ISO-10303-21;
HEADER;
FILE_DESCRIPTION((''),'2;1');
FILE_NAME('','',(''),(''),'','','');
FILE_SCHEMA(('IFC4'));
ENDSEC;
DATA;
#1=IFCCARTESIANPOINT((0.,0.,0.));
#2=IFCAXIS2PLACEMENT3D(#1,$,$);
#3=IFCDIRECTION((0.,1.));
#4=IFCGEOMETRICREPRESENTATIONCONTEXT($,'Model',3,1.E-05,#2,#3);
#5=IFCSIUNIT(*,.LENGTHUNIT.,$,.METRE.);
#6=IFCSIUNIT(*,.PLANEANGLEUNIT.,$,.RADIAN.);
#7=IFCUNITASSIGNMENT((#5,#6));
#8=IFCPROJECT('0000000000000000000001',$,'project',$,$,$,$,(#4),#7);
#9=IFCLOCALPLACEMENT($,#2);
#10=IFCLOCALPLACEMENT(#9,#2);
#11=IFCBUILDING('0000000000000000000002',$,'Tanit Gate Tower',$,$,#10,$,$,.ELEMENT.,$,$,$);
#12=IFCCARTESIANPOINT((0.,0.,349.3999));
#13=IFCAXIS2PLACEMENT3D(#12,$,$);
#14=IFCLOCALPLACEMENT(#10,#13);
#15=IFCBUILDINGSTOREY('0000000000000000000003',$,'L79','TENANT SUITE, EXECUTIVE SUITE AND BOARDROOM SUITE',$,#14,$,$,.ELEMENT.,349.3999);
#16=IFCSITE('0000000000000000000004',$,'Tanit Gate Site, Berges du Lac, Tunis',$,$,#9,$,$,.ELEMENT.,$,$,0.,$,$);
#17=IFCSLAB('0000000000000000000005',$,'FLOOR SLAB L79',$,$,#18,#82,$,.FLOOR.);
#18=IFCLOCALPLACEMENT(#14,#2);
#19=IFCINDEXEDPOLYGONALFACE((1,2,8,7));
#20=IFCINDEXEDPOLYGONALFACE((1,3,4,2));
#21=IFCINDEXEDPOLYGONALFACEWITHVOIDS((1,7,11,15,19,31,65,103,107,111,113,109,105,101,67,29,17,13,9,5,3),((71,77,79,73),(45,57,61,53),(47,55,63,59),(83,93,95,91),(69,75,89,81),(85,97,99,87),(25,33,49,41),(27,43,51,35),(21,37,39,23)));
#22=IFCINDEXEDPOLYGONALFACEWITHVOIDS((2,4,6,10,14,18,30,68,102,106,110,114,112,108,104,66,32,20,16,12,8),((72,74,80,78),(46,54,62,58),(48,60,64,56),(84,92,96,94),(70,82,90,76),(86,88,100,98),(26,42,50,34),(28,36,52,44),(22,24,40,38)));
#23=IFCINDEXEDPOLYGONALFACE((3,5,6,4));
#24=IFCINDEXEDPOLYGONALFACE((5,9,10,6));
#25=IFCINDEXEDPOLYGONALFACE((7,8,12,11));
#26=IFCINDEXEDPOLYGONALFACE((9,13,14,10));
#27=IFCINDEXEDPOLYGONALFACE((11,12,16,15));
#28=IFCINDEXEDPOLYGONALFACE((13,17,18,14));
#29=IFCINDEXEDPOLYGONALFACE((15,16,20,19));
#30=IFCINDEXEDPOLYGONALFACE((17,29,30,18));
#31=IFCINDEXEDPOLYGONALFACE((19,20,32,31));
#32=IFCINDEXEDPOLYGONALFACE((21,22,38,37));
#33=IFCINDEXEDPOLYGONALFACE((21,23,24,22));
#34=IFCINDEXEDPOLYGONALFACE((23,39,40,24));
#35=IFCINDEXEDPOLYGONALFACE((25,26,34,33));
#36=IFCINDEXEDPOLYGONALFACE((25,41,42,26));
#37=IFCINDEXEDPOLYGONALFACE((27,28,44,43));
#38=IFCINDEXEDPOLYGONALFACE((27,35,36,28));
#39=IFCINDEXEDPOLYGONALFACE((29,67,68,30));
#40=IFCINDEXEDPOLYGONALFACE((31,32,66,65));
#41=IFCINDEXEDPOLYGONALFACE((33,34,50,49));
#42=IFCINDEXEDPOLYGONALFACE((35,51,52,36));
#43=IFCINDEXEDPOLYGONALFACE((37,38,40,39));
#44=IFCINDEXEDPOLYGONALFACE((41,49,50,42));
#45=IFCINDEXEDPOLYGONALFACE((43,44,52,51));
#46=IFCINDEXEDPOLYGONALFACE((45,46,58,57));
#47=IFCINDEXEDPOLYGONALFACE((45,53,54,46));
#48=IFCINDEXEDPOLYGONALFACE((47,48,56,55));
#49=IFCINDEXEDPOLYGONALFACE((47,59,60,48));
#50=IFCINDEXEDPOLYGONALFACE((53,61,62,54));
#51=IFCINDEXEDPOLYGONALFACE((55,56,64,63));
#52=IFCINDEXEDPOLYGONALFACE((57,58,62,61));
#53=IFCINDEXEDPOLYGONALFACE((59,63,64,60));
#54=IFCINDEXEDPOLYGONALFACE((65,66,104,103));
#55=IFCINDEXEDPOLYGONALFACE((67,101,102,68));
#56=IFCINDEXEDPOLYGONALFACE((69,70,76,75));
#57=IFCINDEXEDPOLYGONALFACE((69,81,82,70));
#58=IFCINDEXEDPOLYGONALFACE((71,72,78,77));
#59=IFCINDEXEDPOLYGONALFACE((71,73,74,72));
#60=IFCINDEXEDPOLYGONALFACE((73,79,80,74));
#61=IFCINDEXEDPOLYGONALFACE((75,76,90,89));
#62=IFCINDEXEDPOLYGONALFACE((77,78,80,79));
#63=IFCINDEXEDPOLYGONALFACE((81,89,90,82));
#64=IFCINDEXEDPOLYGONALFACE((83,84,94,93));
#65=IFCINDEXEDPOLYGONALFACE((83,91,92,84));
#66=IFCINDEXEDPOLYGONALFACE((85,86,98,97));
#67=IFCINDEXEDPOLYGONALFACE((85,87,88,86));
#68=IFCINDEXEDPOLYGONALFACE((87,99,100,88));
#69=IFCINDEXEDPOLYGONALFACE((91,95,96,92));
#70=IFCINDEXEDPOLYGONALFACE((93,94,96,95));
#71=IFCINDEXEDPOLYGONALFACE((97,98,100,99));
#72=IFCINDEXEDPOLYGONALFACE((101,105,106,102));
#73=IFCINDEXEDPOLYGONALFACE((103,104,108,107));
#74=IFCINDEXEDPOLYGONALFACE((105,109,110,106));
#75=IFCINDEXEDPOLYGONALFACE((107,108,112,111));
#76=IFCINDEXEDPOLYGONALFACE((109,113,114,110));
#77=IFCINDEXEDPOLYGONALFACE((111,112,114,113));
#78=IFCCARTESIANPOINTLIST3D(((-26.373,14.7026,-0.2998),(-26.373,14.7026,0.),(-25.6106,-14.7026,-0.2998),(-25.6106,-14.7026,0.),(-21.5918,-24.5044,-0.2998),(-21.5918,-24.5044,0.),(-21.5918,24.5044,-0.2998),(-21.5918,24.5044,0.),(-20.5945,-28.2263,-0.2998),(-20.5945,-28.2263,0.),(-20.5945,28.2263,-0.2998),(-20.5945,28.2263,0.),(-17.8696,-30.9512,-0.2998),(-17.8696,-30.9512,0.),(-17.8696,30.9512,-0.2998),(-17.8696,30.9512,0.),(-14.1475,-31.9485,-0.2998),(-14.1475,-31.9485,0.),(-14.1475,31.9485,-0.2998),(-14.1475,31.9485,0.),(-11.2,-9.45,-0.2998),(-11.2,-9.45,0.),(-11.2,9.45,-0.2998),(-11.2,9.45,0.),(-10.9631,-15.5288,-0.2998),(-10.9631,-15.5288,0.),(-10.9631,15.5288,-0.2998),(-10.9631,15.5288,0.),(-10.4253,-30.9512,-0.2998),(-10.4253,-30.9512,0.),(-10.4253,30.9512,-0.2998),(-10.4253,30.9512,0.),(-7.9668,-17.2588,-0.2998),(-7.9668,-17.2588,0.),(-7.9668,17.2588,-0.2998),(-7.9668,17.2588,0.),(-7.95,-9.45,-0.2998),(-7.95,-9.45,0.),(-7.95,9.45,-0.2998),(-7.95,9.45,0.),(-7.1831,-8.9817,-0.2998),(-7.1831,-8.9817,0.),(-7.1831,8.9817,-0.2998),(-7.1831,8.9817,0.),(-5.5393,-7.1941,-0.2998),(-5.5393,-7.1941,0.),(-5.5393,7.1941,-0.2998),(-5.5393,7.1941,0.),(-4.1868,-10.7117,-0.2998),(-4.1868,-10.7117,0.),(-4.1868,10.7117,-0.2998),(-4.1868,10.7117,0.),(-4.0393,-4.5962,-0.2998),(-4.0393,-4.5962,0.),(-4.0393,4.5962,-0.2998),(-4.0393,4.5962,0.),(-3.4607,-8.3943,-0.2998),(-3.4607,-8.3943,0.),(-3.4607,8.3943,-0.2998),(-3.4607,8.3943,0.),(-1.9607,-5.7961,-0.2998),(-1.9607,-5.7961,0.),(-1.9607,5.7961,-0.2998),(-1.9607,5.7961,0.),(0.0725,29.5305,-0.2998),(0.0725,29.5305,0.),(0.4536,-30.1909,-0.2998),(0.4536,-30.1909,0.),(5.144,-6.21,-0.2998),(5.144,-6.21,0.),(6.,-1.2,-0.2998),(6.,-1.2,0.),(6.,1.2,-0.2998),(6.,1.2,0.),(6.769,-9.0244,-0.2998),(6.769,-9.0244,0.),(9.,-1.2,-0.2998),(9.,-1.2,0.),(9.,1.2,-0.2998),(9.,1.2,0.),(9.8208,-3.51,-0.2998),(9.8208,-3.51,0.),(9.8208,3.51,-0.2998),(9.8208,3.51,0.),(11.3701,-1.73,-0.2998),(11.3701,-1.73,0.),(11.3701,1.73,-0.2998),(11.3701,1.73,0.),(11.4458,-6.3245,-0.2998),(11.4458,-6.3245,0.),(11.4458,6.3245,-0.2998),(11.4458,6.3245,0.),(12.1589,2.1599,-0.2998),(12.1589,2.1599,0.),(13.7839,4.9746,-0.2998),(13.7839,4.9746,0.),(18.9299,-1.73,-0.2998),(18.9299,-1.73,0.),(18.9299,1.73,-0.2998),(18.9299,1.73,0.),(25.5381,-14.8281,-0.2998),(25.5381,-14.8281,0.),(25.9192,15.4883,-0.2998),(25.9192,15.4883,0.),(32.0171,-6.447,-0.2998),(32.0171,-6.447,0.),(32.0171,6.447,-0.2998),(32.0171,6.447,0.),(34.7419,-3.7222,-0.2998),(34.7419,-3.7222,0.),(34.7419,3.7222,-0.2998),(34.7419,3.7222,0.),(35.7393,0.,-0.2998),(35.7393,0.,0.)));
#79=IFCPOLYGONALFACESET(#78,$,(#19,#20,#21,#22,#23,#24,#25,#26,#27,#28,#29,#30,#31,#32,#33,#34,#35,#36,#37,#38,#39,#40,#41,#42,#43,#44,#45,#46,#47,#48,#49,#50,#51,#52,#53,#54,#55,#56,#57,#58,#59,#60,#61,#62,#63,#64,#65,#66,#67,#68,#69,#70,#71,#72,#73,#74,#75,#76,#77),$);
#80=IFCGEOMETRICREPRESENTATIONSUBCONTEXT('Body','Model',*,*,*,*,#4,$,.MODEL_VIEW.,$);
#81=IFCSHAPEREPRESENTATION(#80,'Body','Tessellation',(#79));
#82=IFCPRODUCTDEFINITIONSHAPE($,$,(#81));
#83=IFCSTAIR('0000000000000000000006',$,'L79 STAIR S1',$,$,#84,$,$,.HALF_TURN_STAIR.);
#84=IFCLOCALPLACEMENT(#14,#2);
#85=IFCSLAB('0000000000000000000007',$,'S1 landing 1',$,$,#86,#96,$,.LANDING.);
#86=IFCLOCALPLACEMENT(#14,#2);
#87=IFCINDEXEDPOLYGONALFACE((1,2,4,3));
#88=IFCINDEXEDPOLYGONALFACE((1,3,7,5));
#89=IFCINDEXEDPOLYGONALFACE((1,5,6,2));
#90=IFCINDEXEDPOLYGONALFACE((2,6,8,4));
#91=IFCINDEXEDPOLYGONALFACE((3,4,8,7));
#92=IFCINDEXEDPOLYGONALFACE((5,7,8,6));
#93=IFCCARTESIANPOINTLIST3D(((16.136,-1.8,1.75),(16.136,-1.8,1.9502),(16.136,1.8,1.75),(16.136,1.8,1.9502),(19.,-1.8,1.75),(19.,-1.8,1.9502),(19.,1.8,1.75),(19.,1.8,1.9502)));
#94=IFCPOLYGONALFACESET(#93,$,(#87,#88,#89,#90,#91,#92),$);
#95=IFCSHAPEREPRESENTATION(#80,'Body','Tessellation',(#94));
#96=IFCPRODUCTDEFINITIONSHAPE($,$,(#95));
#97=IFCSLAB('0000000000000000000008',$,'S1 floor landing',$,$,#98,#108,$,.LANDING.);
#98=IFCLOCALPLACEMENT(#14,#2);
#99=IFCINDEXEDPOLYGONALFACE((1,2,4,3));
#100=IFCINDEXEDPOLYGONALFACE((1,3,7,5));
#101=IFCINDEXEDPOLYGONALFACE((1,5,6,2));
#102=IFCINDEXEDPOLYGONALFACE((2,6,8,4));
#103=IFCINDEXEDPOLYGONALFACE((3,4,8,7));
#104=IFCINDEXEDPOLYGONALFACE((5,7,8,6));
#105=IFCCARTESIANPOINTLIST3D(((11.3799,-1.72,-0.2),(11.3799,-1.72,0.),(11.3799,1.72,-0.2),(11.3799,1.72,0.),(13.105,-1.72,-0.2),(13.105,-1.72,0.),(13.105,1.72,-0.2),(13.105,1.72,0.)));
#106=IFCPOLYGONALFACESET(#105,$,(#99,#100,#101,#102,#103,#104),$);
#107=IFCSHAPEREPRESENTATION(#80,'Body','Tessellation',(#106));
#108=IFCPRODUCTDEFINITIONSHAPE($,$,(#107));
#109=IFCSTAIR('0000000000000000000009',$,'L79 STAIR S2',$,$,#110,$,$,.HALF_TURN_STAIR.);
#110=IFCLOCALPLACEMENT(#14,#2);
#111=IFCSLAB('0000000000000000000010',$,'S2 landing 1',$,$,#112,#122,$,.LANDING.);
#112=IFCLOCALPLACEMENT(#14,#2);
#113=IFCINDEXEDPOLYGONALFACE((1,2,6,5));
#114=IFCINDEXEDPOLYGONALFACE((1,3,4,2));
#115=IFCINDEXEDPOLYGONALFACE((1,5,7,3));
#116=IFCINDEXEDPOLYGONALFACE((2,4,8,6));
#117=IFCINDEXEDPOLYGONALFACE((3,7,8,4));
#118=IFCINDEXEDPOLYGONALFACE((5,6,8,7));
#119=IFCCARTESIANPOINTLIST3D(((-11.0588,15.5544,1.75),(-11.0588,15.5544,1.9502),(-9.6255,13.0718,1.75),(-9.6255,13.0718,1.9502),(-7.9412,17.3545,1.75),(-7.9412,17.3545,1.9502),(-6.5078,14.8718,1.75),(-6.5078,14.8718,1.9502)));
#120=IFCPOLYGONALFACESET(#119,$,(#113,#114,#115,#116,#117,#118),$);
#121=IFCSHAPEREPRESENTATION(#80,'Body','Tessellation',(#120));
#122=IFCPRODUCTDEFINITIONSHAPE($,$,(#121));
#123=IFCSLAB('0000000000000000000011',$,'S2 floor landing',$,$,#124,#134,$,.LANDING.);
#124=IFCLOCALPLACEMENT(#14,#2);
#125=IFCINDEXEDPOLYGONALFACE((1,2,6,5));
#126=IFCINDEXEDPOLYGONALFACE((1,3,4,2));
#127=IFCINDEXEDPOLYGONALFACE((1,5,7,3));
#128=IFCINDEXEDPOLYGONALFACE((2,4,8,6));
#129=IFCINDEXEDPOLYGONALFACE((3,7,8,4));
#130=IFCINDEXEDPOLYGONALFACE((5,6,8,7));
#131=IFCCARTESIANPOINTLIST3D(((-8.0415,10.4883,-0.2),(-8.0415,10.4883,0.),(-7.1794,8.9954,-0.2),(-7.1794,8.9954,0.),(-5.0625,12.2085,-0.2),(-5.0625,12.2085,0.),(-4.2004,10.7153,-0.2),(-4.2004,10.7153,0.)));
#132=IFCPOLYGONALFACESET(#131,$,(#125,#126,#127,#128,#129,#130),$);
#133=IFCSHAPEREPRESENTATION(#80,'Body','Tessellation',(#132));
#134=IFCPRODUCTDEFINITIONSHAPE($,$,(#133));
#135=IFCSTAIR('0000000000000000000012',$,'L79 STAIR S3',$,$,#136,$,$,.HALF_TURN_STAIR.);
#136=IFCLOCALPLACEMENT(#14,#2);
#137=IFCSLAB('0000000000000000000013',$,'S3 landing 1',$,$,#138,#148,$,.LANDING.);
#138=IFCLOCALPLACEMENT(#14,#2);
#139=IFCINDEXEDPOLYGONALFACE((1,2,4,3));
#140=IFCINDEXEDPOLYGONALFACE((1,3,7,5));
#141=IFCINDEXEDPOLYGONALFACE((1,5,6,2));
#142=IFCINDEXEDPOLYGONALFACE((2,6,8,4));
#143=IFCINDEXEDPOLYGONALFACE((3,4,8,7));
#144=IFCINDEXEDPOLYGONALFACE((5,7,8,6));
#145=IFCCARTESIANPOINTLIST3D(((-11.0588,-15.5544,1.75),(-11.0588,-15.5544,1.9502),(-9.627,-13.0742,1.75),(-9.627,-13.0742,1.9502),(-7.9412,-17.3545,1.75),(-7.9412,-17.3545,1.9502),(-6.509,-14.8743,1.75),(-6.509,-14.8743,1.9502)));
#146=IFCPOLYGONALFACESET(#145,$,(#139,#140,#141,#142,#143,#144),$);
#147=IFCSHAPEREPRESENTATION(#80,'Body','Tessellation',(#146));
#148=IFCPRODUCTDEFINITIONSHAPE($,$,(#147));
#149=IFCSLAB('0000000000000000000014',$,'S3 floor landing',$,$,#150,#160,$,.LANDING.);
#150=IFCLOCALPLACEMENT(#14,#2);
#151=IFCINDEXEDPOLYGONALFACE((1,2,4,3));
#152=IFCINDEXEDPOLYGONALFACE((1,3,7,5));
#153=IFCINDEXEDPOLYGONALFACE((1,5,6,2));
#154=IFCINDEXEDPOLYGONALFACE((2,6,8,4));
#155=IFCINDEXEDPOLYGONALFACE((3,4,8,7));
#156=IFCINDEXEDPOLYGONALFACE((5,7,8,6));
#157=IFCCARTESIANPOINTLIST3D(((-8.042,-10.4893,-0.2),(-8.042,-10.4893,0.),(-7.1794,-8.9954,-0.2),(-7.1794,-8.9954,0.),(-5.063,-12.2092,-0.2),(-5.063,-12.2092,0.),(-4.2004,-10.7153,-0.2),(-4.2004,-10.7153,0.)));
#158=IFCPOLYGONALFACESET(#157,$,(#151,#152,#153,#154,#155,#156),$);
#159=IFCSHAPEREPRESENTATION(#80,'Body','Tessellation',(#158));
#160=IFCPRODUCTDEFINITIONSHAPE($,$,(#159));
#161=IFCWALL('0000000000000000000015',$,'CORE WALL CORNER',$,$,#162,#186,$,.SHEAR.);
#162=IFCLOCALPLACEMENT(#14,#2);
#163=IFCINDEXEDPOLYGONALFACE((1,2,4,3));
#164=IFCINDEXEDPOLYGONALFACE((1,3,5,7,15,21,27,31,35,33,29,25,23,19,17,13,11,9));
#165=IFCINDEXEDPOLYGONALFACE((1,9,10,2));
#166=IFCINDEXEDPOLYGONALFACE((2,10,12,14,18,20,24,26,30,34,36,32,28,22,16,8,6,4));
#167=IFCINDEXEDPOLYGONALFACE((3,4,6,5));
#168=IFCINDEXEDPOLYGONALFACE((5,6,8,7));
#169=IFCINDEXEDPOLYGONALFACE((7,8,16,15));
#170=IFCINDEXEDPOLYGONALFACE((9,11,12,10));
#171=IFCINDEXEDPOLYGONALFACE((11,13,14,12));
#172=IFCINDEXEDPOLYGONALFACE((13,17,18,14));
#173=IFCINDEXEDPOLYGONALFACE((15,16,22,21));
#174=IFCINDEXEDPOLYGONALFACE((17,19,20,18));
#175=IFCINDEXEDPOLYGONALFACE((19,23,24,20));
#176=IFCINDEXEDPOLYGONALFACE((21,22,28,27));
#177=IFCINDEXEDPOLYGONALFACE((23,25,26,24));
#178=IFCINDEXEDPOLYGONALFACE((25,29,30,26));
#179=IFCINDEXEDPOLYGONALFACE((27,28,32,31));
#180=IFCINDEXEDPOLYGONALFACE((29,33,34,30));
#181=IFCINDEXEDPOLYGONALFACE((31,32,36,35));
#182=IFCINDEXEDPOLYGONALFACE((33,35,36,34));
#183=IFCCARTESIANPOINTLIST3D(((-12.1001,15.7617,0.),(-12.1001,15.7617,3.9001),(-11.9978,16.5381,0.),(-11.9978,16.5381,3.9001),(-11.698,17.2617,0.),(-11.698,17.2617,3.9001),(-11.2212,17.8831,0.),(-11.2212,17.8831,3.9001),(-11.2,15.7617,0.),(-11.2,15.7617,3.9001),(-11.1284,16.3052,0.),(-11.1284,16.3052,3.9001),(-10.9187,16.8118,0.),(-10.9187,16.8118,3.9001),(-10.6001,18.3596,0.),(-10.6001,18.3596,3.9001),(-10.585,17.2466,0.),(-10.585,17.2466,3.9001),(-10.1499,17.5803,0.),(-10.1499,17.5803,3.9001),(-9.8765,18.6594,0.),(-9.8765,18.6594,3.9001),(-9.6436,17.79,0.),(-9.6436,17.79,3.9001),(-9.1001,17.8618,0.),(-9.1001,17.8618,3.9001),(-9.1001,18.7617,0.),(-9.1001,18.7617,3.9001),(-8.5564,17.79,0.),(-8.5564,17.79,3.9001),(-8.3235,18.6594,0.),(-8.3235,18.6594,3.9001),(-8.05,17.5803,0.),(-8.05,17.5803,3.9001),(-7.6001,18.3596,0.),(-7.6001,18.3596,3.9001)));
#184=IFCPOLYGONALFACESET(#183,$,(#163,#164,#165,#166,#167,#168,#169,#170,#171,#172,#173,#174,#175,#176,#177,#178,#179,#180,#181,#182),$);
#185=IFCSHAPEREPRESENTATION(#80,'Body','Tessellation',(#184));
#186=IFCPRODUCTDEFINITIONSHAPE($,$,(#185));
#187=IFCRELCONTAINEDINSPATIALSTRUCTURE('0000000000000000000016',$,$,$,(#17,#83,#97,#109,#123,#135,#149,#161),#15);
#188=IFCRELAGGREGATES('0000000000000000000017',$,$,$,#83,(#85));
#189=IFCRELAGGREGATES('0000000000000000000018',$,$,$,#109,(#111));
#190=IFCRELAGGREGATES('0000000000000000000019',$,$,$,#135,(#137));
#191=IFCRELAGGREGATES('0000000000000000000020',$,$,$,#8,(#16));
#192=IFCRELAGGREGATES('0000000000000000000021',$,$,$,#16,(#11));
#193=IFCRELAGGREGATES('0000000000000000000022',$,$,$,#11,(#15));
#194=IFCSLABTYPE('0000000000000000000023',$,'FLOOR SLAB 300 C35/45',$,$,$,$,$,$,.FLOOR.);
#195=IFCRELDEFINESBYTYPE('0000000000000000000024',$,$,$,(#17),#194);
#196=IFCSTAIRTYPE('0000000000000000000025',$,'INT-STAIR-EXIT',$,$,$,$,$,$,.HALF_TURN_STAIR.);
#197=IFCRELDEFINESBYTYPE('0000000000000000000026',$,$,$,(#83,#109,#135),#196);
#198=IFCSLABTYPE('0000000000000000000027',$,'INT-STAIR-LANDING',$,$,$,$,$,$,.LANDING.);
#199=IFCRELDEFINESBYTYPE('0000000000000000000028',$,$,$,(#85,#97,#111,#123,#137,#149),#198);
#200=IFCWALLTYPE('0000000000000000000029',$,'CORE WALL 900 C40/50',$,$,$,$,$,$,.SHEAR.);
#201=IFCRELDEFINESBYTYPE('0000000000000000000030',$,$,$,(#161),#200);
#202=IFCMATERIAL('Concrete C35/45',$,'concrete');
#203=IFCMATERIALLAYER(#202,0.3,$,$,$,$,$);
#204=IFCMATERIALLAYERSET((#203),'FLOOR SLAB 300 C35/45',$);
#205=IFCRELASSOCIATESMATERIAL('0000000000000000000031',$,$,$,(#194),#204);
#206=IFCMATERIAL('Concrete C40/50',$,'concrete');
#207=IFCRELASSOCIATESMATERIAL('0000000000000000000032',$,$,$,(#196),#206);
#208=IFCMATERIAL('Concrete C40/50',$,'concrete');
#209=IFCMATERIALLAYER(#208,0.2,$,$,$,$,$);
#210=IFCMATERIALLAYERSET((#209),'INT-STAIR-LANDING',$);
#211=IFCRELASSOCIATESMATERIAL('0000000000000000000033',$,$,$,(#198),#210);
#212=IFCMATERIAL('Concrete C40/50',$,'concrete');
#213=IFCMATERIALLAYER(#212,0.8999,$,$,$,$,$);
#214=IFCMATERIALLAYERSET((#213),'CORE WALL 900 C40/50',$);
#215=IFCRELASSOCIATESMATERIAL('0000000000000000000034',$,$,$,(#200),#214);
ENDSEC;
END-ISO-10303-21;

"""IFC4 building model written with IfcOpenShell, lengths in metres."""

from ifc_helpers import new_model, si_unit, direction, frame, origin, place, context, subcontext, project, spatial, polyline, outline, extrude, material, layer, layer_set, type_object, element, aggregate, save


model = new_model("IFC4")

# Units and contexts
model_context = context("Model", 3, precision=1e-05, world=origin(), true_north=direction((0.0, 1.0)))
body_context = subcontext(model_context, "Body", "Model", "MODEL_VIEW")
ifc_project = project(units=[si_unit("LENGTHUNIT", "METRE"), si_unit("PLANEANGLEUNIT", "RADIAN")], contexts=[model_context])

# Site, building, storey
site_placement = place(None, origin())
site = spatial("IfcSite", under=ifc_project, at=site_placement, Name="Tanit Gate Site, Berges du Lac, Tunis", CompositionType="ELEMENT", RefElevation=0.0)
building_placement = place(site_placement, origin())
building = spatial("IfcBuilding", under=site, at=building_placement, Name="Tanit Gate Tower", CompositionType="ELEMENT")
storey_placement = place(building_placement, frame((0.0, 0.0, 349.3999)))
storey = spatial("IfcBuildingStorey", under=building, at=storey_placement, Name="L79", Description="TENANT SUITE, EXECUTIVE SUITE AND BOARDROOM SUITE", CompositionType="ELEMENT", Elevation=349.3999)

# Slab
ifc_material_1 = material(Name="Concrete C35/45", Category="concrete")
ifc_layer_1 = layer(ifc_material_1, 0.3)
ifc_layer_set_1 = layer_set([ifc_layer_1], Name="FLOOR SLAB 300 C35/45")
slab_type_1 = type_object("IfcSlabType", Name="FLOOR SLAB 300 C35/45", PredefinedType="FLOOR", material=ifc_layer_set_1)
slab_1_placement = place(storey_placement, frame((0.0, 0.0, -0.2998)))
element("IfcSlab", 1, at=slab_1_placement, inside=storey, type_object=slab_type_1, Name="FLOOR SLAB L79", PredefinedType="FLOOR", context=body_context, shape_type="SweptSolid", body=[
    extrude(outline(polyline([(32.0171, 6.447), (34.7419, 3.7222), (35.7393, 0.0), (34.7419, -3.7222), (32.0171, -6.447), (25.5381, -14.8281), (0.4536, -30.1909), (-10.4253, -30.9512), (-14.1475, -31.9485), (-17.8696, -30.9512), (-20.5945, -28.2263), (-21.5918, -24.5044), (-25.6106, -14.7026), (-26.373, 14.7026), (-21.5918, 24.5044), (-20.5945, 28.2263), (-17.8696, 30.9512), (-14.1475, 31.9485), (-10.4253, 30.9512), (0.0725, 29.5305), (25.9192, 15.4883), (32.0171, 6.447)]), holes=[polyline([(11.3701, 1.73), (18.9299, 1.73), (18.9299, -1.73), (11.3701, -1.73), (11.3701, 1.73)]), polyline([(12.1589, 2.1599), (9.8208, 3.51), (11.4458, 6.3245), (13.7839, 4.9746), (12.1589, 2.1599)]), polyline([(11.4458, -6.3245), (6.769, -9.0244), (5.144, -6.21), (9.8208, -3.51), (11.4458, -6.3245)]), polyline([(6.0, 1.2), (9.0, 1.2), (9.0, -1.2), (6.0, -1.2), (6.0, 1.2)]), polyline([(-4.0393, 4.5962), (-5.5393, 7.1941), (-3.4607, 8.3943), (-1.9607, 5.7961), (-4.0393, 4.5962)]), polyline([(-1.9607, -5.7961), (-3.4607, -8.3943), (-5.5393, -7.1941), (-4.0393, -4.5962), (-1.9607, -5.7961)]), polyline([(-7.1831, 8.9817), (-10.9631, 15.5288), (-7.9668, 17.2588), (-4.1868, 10.7117), (-7.1831, 8.9817)]), polyline([(-4.1868, -10.7117), (-7.9668, -17.2588), (-10.9631, -15.5288), (-7.1831, -8.9817), (-4.1868, -10.7117)]), polyline([(-11.2, -9.45), (-11.2, 9.45), (-7.95, 9.45), (-7.95, -9.45), (-11.2, -9.45)])]), origin(), (0.0, 0.0, 1.0), 0.2998),
])

# Stair, slab
ifc_material_2 = material(Name="Concrete C40/50", Category="concrete")
stair_type = type_object("IfcStairType", Name="INT-STAIR-EXIT", PredefinedType="HALF_TURN_STAIR", material=ifc_material_2)
stair_1_placement = place(storey_placement, origin())
stair_1 = element("IfcStair", 2, at=stair_1_placement, inside=storey, type_object=stair_type, Name="L79 STAIR S1", PredefinedType="HALF_TURN_STAIR")
ifc_material_3 = material(Name="Concrete C40/50", Category="concrete")
ifc_layer_2 = layer(ifc_material_3, 0.2)
ifc_layer_set_2 = layer_set([ifc_layer_2], Name="INT-STAIR-LANDING")
slab_type_2 = type_object("IfcSlabType", Name="INT-STAIR-LANDING", PredefinedType="LANDING", material=ifc_layer_set_2)
slab_2_placement = place(storey_placement, frame((0.0, 0.0, 1.75)))
slab_2 = element("IfcSlab", 3, at=slab_2_placement, type_object=slab_type_2, Name="S1 landing 1", PredefinedType="LANDING", context=body_context, shape_type="SweptSolid", body=[
    extrude(outline(polyline([(16.136, -1.8), (19.0, -1.8), (19.0, 1.8), (16.136, 1.8), (16.136, -1.8)])), origin(), (0.0, 0.0, 1.0), 0.2002),
])
aggregate(stair_1, [slab_2])

# Slab
slab_3_placement = place(storey_placement, frame((0.0, 0.0, -0.2)))
element("IfcSlab", 4, at=slab_3_placement, inside=storey, type_object=slab_type_2, Name="S1 floor landing", PredefinedType="LANDING", context=body_context, shape_type="SweptSolid", body=[
    extrude(outline(polyline([(11.3799, -1.72), (13.105, -1.72), (13.105, 1.72), (11.3799, 1.72), (11.3799, -1.72)])), origin(), (0.0, 0.0, 1.0), 0.2),
])

# Stair, slab
stair_2_placement = place(storey_placement, origin())
stair_2 = element("IfcStair", 5, at=stair_2_placement, inside=storey, type_object=stair_type, Name="L79 STAIR S2", PredefinedType="HALF_TURN_STAIR")
slab_4_placement = place(storey_placement, frame((0.0, 0.0, 1.75)))
slab_4 = element("IfcSlab", 6, at=slab_4_placement, type_object=slab_type_2, Name="S2 landing 1", PredefinedType="LANDING", context=body_context, shape_type="SweptSolid", body=[
    extrude(outline(polyline([(-6.5078, 14.8718), (-7.9412, 17.3545), (-11.0588, 15.5544), (-9.6255, 13.0718), (-6.5078, 14.8718)])), origin(), (0.0, 0.0, 1.0), 0.2002),
])
aggregate(stair_2, [slab_4])

# Slab
slab_5_placement = place(storey_placement, frame((0.0, 0.0, -0.2)))
element("IfcSlab", 7, at=slab_5_placement, inside=storey, type_object=slab_type_2, Name="S2 floor landing", PredefinedType="LANDING", context=body_context, shape_type="SweptSolid", body=[
    extrude(outline(polyline([(-4.2004, 10.7153), (-5.0625, 12.2085), (-8.0415, 10.4883), (-7.1794, 8.9954), (-4.2004, 10.7153)])), origin(), (0.0, 0.0, 1.0), 0.2),
])

# Stair, slab
stair_3_placement = place(storey_placement, origin())
stair_3 = element("IfcStair", 8, at=stair_3_placement, inside=storey, type_object=stair_type, Name="L79 STAIR S3", PredefinedType="HALF_TURN_STAIR")
slab_6_placement = place(storey_placement, frame((0.0, 0.0, 1.75)))
slab_6 = element("IfcSlab", 9, at=slab_6_placement, type_object=slab_type_2, Name="S3 landing 1", PredefinedType="LANDING", context=body_context, shape_type="SweptSolid", body=[
    extrude(outline(polyline([(-9.627, -13.0742), (-11.0588, -15.5544), (-7.9412, -17.3545), (-6.509, -14.8743), (-9.627, -13.0742)])), origin(), (0.0, 0.0, 1.0), 0.2002),
])
aggregate(stair_3, [slab_6])

# Slab
slab_7_placement = place(storey_placement, frame((0.0, 0.0, -0.2)))
element("IfcSlab", 10, at=slab_7_placement, inside=storey, type_object=slab_type_2, Name="S3 floor landing", PredefinedType="LANDING", context=body_context, shape_type="SweptSolid", body=[
    extrude(outline(polyline([(-7.1794, -8.9954), (-8.042, -10.4893), (-5.063, -12.2092), (-4.2004, -10.7153), (-7.1794, -8.9954)])), origin(), (0.0, 0.0, 1.0), 0.2),
])

# Wall
ifc_material_4 = material(Name="Concrete C40/50", Category="concrete")
ifc_layer_3 = layer(ifc_material_4, 0.8999)
ifc_layer_set_3 = layer_set([ifc_layer_3], Name="CORE WALL 900 C40/50")
wall_type_1 = type_object("IfcWallType", Name="CORE WALL 900 C40/50", PredefinedType="SHEAR", material=ifc_layer_set_3)
wall_1_placement = place(storey_placement, origin())
element("IfcWall", 11, at=wall_1_placement, inside=storey, type_object=wall_type_1, Name="CORE WALL CORNER", PredefinedType="SHEAR", context=body_context, shape_type="SweptSolid", body=[
    extrude(outline(polyline([(-7.6001, 18.3596), (-8.3235, 18.6594), (-9.1001, 18.7617), (-9.8765, 18.6594), (-10.6001, 18.3596), (-11.2212, 17.8831), (-11.698, 17.2617), (-11.9978, 16.5381), (-12.1001, 15.7617), (-11.2, 15.7617), (-11.1284, 16.3052), (-10.9187, 16.8118), (-10.585, 17.2466), (-10.1499, 17.5803), (-9.6436, 17.79), (-9.1001, 17.8618), (-8.5564, 17.79), (-8.05, 17.5803), (-7.6001, 18.3596)])), origin(), (0.0, 0.0, 1.0), 3.9001),
])

save(model, "model.ifc")
